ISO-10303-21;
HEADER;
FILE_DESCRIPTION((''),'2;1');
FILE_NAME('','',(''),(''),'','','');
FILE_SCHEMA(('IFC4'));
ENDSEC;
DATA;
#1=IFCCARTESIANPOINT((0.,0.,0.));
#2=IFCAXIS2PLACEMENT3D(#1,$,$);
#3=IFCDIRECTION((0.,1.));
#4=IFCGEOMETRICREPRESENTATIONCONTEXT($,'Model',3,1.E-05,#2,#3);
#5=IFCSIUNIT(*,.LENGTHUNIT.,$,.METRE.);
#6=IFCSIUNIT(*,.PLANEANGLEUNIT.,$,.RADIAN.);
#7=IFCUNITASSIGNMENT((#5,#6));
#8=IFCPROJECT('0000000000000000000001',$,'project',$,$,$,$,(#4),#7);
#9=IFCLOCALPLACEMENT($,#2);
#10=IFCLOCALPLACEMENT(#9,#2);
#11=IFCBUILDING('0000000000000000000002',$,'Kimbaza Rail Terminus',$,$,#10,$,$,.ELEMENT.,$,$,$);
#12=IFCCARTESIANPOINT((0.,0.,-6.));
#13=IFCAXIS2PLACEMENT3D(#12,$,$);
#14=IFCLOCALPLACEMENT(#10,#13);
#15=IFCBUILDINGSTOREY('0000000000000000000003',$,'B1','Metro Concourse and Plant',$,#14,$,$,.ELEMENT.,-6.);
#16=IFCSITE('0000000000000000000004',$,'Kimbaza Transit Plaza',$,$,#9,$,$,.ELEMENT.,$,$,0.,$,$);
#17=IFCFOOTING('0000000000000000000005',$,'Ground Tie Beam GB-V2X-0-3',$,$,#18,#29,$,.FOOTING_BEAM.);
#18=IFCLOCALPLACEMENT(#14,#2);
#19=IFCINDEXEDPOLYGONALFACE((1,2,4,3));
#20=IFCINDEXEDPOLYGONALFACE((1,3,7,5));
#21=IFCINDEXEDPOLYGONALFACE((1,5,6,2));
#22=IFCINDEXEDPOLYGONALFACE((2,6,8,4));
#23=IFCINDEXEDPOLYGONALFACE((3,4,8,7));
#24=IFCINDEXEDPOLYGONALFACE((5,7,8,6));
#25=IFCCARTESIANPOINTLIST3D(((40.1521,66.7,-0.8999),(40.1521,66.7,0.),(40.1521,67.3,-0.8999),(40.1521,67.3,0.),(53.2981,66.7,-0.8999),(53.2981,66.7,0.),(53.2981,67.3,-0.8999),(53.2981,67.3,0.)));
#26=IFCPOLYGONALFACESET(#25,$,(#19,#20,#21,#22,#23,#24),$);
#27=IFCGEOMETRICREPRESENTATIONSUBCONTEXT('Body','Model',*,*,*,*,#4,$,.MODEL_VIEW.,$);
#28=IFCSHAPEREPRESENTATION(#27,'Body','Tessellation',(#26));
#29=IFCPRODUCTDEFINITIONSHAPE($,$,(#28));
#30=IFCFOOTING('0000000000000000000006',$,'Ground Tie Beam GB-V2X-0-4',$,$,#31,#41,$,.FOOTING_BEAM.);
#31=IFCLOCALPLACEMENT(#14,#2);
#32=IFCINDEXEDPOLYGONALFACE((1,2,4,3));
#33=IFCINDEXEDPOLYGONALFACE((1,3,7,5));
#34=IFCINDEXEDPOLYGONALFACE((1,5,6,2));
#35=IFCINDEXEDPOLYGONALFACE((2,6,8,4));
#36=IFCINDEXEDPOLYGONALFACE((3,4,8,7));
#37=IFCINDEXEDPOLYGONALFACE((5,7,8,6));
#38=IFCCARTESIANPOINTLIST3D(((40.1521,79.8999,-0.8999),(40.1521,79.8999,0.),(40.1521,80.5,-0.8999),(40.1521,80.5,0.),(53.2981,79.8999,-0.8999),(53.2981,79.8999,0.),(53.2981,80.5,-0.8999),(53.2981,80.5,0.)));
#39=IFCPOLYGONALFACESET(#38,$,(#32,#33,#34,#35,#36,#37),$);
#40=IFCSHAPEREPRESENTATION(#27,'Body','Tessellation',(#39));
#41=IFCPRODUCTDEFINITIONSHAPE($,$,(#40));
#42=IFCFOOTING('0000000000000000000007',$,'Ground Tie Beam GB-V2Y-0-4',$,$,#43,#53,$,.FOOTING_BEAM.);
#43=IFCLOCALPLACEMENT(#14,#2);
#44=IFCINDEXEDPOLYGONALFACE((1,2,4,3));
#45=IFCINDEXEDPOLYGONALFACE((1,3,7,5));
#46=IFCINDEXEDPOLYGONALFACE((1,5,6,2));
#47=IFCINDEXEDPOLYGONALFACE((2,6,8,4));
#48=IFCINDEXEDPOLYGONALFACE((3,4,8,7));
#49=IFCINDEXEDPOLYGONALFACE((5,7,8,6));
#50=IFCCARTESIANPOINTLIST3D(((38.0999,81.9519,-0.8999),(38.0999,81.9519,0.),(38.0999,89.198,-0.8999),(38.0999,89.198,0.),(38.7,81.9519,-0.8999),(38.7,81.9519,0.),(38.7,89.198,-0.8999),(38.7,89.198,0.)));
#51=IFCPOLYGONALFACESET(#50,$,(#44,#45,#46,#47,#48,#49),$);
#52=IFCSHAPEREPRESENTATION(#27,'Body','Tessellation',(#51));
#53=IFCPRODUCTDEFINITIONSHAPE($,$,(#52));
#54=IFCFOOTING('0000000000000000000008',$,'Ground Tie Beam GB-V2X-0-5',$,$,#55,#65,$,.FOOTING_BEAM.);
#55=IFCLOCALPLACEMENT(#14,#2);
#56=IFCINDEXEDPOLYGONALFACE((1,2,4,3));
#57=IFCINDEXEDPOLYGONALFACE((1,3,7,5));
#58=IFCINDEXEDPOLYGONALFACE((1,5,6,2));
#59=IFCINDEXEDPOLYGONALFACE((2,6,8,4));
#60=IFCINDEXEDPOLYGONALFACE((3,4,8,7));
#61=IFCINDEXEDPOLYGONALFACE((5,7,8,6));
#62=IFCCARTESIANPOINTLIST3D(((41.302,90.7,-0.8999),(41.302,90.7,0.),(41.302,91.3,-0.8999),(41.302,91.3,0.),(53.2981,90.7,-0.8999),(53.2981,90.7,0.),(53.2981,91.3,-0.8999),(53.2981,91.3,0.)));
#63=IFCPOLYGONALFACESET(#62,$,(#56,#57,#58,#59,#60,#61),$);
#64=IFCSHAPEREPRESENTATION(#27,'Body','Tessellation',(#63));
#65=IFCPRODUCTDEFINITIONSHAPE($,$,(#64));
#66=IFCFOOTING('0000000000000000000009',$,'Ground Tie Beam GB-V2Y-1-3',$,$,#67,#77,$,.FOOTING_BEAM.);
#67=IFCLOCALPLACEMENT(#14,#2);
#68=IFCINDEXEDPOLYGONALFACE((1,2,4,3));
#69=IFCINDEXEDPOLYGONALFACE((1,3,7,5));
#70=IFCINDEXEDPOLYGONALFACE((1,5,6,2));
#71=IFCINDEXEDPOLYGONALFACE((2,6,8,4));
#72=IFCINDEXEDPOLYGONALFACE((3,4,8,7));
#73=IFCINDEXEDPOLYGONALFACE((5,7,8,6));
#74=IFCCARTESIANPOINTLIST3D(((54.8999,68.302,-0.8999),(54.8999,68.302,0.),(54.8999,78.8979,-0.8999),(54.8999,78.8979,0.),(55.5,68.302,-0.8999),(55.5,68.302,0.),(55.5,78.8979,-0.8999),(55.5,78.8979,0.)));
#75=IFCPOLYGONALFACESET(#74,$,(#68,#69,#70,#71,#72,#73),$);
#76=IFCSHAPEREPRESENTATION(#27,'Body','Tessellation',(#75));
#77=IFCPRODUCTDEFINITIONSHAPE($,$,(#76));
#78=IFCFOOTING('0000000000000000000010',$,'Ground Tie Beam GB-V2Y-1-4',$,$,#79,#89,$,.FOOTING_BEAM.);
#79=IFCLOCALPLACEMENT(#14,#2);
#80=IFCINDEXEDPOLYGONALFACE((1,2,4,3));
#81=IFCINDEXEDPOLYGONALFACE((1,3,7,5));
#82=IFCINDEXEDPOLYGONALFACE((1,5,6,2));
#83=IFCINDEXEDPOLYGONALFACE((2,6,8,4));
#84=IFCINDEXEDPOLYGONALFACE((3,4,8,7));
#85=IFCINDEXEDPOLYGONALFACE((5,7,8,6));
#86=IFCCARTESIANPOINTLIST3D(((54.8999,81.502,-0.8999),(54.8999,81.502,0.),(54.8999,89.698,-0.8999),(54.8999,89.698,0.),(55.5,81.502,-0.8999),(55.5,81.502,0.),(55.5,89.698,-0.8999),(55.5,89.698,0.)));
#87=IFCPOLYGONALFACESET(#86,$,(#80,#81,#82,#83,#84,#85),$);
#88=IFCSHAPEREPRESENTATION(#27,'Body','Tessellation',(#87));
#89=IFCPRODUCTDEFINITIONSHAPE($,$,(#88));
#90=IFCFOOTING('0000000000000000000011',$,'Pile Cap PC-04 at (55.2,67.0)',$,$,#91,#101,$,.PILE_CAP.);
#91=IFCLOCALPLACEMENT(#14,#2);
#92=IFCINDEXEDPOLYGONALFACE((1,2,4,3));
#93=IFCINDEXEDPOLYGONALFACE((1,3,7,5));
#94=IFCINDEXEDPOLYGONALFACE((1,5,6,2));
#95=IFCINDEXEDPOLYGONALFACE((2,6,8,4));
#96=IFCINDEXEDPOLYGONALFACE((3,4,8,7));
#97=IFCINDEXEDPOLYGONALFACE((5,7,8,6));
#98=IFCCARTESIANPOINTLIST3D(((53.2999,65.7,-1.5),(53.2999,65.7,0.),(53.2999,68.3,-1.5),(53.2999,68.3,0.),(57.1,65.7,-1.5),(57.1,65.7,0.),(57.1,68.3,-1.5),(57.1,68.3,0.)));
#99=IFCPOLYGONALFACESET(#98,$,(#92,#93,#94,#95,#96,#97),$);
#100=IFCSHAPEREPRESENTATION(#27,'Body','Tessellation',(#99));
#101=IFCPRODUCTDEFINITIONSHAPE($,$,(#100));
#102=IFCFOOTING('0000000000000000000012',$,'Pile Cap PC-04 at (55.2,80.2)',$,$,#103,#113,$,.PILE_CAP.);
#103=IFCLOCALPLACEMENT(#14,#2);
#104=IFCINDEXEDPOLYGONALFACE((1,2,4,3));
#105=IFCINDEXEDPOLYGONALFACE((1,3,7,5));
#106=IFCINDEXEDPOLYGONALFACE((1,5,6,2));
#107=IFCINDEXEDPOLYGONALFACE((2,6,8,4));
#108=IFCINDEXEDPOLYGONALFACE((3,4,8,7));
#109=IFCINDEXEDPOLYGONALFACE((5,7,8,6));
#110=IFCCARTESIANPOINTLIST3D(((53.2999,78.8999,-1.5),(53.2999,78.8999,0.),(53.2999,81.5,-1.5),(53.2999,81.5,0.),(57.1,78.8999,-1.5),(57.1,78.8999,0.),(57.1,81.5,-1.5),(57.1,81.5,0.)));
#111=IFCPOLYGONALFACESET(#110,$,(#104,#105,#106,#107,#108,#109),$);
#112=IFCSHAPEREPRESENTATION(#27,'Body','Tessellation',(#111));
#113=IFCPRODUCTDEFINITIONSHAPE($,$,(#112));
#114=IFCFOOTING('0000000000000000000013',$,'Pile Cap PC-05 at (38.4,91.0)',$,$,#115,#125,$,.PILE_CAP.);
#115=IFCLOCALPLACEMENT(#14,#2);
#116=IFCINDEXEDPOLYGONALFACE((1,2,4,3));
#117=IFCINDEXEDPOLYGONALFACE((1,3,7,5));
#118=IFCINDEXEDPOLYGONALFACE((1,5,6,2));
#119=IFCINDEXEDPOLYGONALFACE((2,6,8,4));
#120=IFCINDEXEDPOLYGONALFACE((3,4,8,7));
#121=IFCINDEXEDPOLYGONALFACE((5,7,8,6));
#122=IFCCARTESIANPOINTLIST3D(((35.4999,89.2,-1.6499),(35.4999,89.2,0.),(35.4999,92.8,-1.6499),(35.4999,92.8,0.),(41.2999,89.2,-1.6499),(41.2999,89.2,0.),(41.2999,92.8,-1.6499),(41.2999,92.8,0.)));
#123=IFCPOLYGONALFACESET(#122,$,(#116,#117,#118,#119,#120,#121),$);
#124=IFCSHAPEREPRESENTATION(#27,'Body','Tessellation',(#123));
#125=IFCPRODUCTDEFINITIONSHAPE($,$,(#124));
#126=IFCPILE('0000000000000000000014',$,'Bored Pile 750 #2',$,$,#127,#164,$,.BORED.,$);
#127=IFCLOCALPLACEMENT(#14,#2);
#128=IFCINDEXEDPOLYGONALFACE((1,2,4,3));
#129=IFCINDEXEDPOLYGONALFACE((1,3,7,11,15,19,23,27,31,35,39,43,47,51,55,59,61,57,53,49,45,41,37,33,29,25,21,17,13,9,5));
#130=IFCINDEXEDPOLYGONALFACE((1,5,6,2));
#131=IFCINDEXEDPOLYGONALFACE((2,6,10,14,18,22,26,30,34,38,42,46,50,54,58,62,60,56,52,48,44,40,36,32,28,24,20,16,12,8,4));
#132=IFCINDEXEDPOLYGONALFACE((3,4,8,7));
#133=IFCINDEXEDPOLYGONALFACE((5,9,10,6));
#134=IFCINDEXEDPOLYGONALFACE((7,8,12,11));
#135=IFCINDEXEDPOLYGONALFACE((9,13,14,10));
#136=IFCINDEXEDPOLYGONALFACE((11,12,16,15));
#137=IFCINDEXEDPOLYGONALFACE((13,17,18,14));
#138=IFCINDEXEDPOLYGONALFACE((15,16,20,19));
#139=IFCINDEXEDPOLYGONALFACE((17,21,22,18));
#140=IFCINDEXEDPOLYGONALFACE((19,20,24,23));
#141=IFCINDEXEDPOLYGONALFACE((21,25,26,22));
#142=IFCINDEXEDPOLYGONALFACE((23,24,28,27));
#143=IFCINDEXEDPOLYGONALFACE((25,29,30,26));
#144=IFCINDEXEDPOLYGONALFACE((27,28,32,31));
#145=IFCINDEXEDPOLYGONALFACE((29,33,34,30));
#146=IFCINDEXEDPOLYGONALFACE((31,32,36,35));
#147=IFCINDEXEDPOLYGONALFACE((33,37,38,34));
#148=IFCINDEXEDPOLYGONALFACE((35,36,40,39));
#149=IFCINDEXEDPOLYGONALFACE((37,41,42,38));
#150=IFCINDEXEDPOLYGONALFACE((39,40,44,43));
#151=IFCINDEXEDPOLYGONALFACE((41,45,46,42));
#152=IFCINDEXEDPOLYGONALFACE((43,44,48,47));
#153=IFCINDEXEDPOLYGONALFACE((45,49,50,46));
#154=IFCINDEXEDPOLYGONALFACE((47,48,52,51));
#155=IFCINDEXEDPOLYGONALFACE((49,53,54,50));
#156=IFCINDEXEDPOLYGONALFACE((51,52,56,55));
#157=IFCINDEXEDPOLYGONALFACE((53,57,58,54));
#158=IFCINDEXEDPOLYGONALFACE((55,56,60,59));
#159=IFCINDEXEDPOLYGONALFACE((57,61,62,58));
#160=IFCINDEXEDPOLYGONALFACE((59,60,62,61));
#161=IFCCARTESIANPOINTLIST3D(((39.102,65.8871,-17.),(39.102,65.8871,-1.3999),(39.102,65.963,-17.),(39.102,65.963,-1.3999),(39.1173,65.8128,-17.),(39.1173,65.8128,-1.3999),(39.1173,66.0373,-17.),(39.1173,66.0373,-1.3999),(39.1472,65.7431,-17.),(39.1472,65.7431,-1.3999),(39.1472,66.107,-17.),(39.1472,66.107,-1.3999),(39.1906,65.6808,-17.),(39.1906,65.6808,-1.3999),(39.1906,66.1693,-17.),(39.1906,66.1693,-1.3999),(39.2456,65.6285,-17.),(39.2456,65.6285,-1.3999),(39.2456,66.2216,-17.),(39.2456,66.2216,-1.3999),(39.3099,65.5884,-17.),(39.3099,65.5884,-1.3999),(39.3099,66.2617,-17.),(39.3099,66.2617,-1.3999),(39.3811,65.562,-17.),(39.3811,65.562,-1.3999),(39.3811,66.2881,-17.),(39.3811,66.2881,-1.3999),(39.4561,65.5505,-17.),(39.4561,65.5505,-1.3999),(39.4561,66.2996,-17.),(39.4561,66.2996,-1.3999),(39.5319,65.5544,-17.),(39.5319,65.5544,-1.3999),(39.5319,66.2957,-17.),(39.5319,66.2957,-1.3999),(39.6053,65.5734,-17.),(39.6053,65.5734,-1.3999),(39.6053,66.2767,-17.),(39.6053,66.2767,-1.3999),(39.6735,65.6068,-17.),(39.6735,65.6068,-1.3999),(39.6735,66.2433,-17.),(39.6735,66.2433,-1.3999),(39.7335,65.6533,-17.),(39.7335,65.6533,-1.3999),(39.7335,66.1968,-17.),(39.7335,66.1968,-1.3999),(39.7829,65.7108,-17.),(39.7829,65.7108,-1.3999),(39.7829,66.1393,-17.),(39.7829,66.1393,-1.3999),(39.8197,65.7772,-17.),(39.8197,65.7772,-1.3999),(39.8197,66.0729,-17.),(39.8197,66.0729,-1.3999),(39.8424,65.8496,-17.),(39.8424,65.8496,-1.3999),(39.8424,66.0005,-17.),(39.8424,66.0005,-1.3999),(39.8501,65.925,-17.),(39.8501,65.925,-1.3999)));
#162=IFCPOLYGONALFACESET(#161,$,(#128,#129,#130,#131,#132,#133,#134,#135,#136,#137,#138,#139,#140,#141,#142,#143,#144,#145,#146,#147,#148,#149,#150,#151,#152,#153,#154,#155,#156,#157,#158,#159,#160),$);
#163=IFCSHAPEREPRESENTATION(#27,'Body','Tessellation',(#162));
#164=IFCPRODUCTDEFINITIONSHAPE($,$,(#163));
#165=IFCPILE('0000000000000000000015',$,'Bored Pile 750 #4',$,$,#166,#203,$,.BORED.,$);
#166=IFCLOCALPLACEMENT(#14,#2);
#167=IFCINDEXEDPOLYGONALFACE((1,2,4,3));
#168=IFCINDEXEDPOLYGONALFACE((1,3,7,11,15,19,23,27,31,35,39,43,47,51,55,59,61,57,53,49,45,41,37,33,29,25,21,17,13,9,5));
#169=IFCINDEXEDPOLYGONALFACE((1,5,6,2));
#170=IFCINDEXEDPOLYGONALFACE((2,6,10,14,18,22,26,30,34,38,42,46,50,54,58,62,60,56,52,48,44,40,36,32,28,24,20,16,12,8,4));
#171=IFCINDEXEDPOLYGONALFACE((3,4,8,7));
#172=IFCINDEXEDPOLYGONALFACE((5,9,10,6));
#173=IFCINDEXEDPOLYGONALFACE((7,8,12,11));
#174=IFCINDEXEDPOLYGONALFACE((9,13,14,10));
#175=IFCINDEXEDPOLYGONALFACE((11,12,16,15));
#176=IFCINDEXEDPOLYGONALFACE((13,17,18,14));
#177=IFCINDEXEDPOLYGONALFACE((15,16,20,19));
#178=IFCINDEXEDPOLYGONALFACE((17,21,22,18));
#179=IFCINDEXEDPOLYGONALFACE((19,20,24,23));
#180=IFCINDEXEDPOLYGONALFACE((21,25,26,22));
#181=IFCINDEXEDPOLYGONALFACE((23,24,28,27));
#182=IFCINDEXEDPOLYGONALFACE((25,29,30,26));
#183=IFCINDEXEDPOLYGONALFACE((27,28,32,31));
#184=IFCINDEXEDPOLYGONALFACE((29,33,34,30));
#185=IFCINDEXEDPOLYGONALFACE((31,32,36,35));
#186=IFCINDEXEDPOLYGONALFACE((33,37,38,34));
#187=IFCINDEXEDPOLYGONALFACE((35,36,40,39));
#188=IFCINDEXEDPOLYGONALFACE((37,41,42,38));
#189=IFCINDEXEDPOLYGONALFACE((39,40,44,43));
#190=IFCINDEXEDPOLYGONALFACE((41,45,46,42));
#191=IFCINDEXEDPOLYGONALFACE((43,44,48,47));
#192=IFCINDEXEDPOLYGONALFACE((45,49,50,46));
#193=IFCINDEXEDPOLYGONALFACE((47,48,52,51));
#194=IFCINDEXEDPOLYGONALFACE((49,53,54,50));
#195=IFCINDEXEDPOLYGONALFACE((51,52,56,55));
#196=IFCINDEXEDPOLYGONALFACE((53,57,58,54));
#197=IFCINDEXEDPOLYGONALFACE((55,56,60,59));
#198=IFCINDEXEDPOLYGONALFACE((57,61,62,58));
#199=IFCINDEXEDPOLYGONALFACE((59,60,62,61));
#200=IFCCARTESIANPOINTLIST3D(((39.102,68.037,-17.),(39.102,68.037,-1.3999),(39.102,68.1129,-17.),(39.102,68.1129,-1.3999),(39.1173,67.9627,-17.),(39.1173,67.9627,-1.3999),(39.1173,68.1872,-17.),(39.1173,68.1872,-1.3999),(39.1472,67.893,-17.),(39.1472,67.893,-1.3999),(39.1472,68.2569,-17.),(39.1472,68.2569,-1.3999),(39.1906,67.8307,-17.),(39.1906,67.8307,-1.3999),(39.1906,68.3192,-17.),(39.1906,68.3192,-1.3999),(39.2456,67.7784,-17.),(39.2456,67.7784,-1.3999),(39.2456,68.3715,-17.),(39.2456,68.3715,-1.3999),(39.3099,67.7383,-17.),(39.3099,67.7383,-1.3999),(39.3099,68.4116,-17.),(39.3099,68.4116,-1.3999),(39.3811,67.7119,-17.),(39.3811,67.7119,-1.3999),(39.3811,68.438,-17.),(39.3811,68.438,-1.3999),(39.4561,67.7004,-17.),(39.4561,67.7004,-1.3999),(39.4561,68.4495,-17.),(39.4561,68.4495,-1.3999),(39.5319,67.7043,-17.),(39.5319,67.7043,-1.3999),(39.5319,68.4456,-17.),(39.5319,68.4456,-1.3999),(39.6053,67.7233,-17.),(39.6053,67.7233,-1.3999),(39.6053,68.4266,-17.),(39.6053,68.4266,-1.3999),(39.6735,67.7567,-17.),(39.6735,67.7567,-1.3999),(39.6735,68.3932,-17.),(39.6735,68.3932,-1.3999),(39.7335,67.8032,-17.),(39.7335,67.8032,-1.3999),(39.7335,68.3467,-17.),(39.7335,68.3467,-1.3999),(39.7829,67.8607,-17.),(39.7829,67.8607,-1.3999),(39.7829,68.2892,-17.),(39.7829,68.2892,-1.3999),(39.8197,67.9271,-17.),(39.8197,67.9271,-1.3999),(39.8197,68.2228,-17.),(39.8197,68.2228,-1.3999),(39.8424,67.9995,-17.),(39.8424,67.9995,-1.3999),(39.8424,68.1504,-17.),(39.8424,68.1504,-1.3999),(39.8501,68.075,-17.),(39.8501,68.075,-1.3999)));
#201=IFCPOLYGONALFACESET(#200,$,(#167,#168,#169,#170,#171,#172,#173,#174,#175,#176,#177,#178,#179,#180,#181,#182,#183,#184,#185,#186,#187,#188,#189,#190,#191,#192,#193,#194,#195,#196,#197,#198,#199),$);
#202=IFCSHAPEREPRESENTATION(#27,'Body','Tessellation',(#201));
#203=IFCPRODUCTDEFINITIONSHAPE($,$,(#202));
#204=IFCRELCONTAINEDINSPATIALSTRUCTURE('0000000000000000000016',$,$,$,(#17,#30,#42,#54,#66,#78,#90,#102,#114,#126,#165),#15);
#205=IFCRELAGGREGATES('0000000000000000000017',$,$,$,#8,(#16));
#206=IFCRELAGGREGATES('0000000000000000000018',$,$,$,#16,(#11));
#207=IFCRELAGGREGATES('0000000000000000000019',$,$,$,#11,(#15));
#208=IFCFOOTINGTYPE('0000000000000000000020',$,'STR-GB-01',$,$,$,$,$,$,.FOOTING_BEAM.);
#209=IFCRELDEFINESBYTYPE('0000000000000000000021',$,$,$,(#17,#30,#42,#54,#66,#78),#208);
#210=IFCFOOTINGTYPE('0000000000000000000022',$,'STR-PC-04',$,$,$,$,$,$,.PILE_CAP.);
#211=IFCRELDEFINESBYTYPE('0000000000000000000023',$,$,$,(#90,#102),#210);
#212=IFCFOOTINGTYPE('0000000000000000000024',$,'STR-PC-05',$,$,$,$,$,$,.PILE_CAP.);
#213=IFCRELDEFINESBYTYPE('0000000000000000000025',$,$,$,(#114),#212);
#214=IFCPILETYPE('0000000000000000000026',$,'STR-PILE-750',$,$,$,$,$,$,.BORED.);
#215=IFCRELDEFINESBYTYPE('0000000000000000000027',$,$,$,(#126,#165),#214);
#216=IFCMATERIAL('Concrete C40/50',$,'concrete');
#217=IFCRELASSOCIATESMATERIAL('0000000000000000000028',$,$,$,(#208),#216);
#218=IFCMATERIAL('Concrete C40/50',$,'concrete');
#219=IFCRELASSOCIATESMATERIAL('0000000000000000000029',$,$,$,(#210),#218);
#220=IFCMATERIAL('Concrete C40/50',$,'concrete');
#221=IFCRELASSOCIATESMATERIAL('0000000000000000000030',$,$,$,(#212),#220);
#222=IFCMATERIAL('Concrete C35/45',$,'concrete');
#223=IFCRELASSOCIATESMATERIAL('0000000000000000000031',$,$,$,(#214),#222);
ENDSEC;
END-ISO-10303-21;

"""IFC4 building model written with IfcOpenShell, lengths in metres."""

from ifc_helpers import new_model, si_unit, direction, frame, origin, origin_2d, place, context, subcontext, project, spatial, rectangle, circle, extrude, material, material_profile, profile_set, type_object, element, save


model = new_model("IFC4")

# Units and contexts
model_context = context("Model", 3, precision=1e-05, world=origin(), true_north=direction((0.0, 1.0)))
body_context = subcontext(model_context, "Body", "Model", "MODEL_VIEW")
ifc_project = project(units=[si_unit("LENGTHUNIT", "METRE"), si_unit("PLANEANGLEUNIT", "RADIAN")], contexts=[model_context])

# Site, building, storey
site_placement = place(None, origin())
site = spatial("IfcSite", under=ifc_project, at=site_placement, Name="Kimbaza Transit Plaza", CompositionType="ELEMENT", RefElevation=0.0)
building_placement = place(site_placement, origin())
building = spatial("IfcBuilding", under=site, at=building_placement, Name="Kimbaza Rail Terminus", CompositionType="ELEMENT")
storey_placement = place(building_placement, frame((0.0, 0.0, -6.0)))
storey = spatial("IfcBuildingStorey", under=building, at=storey_placement, Name="B1", Description="Metro Concourse and Plant", CompositionType="ELEMENT", Elevation=-6.0)

# Footings
ifc_material_1 = material(Name="Concrete C40/50", Category="concrete")
ifc_material_profile_1 = material_profile(ifc_material_1, rectangle(XDim=0.6001, YDim=0.8999, at=origin_2d()), Name="GB-01 600x900")
ifc_profile_set_1 = profile_set([ifc_material_profile_1], Name="Concrete C40/50")
footing_type_1 = type_object("IfcFootingType", Name="STR-GB-01", PredefinedType="FOOTING_BEAM", material=ifc_profile_set_1)
for number, where, z_axis, x_axis, name in (
    (1, (40.1521, 67.0, -0.45), (1.0, 0.0, 0.0), (0.0, 1.0, 0.0), "Ground Tie Beam GB-V2X-0-3"),
    (2, (40.1521, 80.2, -0.45), (1.0, 0.0, 0.0), (0.0, 1.0, 0.0), "Ground Tie Beam GB-V2X-0-4"),
):
    element("IfcFooting", number, at=place(storey_placement, frame(where, z_axis=z_axis, x_axis=x_axis)), inside=storey, type_object=footing_type_1, Name=name, PredefinedType="FOOTING_BEAM", context=body_context, shape_type="SweptSolid", body=[
        extrude(rectangle(XDim=0.6001, YDim=0.8999, at=origin_2d()), origin(), (0.0, 0.0, 1.0), 13.146),
    ])
footing_1_placement = place(storey_placement, frame((38.3999, 81.9519, -0.45), z_axis=(0.0, 1.0, 0.0), x_axis=(-1.0, 0.0, 0.0)))
element("IfcFooting", 3, at=footing_1_placement, inside=storey, type_object=footing_type_1, Name="Ground Tie Beam GB-V2Y-0-4", PredefinedType="FOOTING_BEAM", context=body_context, shape_type="SweptSolid", body=[
    extrude(rectangle(XDim=0.6001, YDim=0.8999, at=origin_2d()), origin(), (0.0, 0.0, 1.0), 7.2461),
])
footing_2_placement = place(storey_placement, frame((41.302, 91.0, -0.45), z_axis=(1.0, 0.0, 0.0), x_axis=(0.0, 1.0, 0.0)))
element("IfcFooting", 4, at=footing_2_placement, inside=storey, type_object=footing_type_1, Name="Ground Tie Beam GB-V2X-0-5", PredefinedType="FOOTING_BEAM", context=body_context, shape_type="SweptSolid", body=[
    extrude(rectangle(XDim=0.6001, YDim=0.8999, at=origin_2d()), origin(), (0.0, 0.0, 1.0), 11.9961),
])
footing_3_placement = place(storey_placement, frame((55.2, 68.302, -0.45), z_axis=(0.0, 1.0, 0.0), x_axis=(-1.0, 0.0, 0.0)))
element("IfcFooting", 5, at=footing_3_placement, inside=storey, type_object=footing_type_1, Name="Ground Tie Beam GB-V2Y-1-3", PredefinedType="FOOTING_BEAM", context=body_context, shape_type="SweptSolid", body=[
    extrude(rectangle(XDim=0.6001, YDim=0.8999, at=origin_2d()), origin(), (0.0, 0.0, 1.0), 10.5959),
])
footing_4_placement = place(storey_placement, frame((55.2, 81.502, -0.45), z_axis=(0.0, 1.0, 0.0), x_axis=(-1.0, 0.0, 0.0)))
element("IfcFooting", 6, at=footing_4_placement, inside=storey, type_object=footing_type_1, Name="Ground Tie Beam GB-V2Y-1-4", PredefinedType="FOOTING_BEAM", context=body_context, shape_type="SweptSolid", body=[
    extrude(rectangle(XDim=0.6001, YDim=0.8999, at=origin_2d()), origin(), (0.0, 0.0, 1.0), 8.196),
])
ifc_material_2 = material(Name="Concrete C40/50", Category="concrete")
footing_type_2 = type_object("IfcFootingType", Name="STR-PC-04", PredefinedType="PILE_CAP", material=ifc_material_2)
for number, where, z_axis, x_axis, name in (
    (7, (55.2, 67.0, -1.5), (0.0, 0.0, 1.0), (1.0, 0.0, 0.0), "Pile Cap PC-04 at (55.2,67.0)"),
    (8, (55.2, 80.2, -1.5), (0.0, 0.0, 1.0), (1.0, 0.0, 0.0), "Pile Cap PC-04 at (55.2,80.2)"),
):
    element("IfcFooting", number, at=place(storey_placement, frame(where, z_axis=z_axis, x_axis=x_axis)), inside=storey, type_object=footing_type_2, Name=name, PredefinedType="PILE_CAP", context=body_context, shape_type="SweptSolid", body=[
        extrude(rectangle(XDim=3.8, YDim=2.6001, at=origin_2d()), origin(), (0.0, 0.0, 1.0), 1.5),
    ])
ifc_material_3 = material(Name="Concrete C40/50", Category="concrete")
footing_type_3 = type_object("IfcFootingType", Name="STR-PC-05", PredefinedType="PILE_CAP", material=ifc_material_3)
footing_5_placement = place(storey_placement, frame((38.3999, 91.0, -1.6499), z_axis=(0.0, 0.0, 1.0), x_axis=(1.0, 0.0, 0.0)))
element("IfcFooting", 9, at=footing_5_placement, inside=storey, type_object=footing_type_3, Name="Pile Cap PC-05 at (38.4,91.0)", PredefinedType="PILE_CAP", context=body_context, shape_type="SweptSolid", body=[
    extrude(rectangle(XDim=5.8, YDim=3.6001, at=origin_2d()), origin(), (0.0, 0.0, 1.0), 1.6499),
])

# Piles
ifc_material_4 = material(Name="Concrete C35/45", Category="concrete")
ifc_material_profile_2 = material_profile(ifc_material_4, circle(Radius=0.375, at=origin_2d()), Name="BORED PILE 750")
ifc_profile_set_2 = profile_set([ifc_material_profile_2], Name="Concrete C35/45")
pile_type_1 = type_object("IfcPileType", Name="STR-PILE-750", PredefinedType="BORED", material=ifc_profile_set_2)
for number, where, z_axis, x_axis, name in (
    (10, (39.4751, 65.925, -1.3999), (0.0, 0.0, -1.0), (1.0, 0.0, 0.0), "Bored Pile 750 #2"),
    (11, (39.4751, 68.075, -1.3999), (0.0, 0.0, -1.0), (1.0, 0.0, 0.0), "Bored Pile 750 #4"),
):
    element("IfcPile", number, at=place(storey_placement, frame(where, z_axis=z_axis, x_axis=x_axis)), inside=storey, type_object=pile_type_1, Name=name, PredefinedType="BORED", context=body_context, shape_type="SweptSolid", body=[
        extrude(circle(Radius=0.375, at=origin_2d()), origin(), (0.0, 0.0, 1.0), 15.6001),
    ])

save(model, "model.ifc")
